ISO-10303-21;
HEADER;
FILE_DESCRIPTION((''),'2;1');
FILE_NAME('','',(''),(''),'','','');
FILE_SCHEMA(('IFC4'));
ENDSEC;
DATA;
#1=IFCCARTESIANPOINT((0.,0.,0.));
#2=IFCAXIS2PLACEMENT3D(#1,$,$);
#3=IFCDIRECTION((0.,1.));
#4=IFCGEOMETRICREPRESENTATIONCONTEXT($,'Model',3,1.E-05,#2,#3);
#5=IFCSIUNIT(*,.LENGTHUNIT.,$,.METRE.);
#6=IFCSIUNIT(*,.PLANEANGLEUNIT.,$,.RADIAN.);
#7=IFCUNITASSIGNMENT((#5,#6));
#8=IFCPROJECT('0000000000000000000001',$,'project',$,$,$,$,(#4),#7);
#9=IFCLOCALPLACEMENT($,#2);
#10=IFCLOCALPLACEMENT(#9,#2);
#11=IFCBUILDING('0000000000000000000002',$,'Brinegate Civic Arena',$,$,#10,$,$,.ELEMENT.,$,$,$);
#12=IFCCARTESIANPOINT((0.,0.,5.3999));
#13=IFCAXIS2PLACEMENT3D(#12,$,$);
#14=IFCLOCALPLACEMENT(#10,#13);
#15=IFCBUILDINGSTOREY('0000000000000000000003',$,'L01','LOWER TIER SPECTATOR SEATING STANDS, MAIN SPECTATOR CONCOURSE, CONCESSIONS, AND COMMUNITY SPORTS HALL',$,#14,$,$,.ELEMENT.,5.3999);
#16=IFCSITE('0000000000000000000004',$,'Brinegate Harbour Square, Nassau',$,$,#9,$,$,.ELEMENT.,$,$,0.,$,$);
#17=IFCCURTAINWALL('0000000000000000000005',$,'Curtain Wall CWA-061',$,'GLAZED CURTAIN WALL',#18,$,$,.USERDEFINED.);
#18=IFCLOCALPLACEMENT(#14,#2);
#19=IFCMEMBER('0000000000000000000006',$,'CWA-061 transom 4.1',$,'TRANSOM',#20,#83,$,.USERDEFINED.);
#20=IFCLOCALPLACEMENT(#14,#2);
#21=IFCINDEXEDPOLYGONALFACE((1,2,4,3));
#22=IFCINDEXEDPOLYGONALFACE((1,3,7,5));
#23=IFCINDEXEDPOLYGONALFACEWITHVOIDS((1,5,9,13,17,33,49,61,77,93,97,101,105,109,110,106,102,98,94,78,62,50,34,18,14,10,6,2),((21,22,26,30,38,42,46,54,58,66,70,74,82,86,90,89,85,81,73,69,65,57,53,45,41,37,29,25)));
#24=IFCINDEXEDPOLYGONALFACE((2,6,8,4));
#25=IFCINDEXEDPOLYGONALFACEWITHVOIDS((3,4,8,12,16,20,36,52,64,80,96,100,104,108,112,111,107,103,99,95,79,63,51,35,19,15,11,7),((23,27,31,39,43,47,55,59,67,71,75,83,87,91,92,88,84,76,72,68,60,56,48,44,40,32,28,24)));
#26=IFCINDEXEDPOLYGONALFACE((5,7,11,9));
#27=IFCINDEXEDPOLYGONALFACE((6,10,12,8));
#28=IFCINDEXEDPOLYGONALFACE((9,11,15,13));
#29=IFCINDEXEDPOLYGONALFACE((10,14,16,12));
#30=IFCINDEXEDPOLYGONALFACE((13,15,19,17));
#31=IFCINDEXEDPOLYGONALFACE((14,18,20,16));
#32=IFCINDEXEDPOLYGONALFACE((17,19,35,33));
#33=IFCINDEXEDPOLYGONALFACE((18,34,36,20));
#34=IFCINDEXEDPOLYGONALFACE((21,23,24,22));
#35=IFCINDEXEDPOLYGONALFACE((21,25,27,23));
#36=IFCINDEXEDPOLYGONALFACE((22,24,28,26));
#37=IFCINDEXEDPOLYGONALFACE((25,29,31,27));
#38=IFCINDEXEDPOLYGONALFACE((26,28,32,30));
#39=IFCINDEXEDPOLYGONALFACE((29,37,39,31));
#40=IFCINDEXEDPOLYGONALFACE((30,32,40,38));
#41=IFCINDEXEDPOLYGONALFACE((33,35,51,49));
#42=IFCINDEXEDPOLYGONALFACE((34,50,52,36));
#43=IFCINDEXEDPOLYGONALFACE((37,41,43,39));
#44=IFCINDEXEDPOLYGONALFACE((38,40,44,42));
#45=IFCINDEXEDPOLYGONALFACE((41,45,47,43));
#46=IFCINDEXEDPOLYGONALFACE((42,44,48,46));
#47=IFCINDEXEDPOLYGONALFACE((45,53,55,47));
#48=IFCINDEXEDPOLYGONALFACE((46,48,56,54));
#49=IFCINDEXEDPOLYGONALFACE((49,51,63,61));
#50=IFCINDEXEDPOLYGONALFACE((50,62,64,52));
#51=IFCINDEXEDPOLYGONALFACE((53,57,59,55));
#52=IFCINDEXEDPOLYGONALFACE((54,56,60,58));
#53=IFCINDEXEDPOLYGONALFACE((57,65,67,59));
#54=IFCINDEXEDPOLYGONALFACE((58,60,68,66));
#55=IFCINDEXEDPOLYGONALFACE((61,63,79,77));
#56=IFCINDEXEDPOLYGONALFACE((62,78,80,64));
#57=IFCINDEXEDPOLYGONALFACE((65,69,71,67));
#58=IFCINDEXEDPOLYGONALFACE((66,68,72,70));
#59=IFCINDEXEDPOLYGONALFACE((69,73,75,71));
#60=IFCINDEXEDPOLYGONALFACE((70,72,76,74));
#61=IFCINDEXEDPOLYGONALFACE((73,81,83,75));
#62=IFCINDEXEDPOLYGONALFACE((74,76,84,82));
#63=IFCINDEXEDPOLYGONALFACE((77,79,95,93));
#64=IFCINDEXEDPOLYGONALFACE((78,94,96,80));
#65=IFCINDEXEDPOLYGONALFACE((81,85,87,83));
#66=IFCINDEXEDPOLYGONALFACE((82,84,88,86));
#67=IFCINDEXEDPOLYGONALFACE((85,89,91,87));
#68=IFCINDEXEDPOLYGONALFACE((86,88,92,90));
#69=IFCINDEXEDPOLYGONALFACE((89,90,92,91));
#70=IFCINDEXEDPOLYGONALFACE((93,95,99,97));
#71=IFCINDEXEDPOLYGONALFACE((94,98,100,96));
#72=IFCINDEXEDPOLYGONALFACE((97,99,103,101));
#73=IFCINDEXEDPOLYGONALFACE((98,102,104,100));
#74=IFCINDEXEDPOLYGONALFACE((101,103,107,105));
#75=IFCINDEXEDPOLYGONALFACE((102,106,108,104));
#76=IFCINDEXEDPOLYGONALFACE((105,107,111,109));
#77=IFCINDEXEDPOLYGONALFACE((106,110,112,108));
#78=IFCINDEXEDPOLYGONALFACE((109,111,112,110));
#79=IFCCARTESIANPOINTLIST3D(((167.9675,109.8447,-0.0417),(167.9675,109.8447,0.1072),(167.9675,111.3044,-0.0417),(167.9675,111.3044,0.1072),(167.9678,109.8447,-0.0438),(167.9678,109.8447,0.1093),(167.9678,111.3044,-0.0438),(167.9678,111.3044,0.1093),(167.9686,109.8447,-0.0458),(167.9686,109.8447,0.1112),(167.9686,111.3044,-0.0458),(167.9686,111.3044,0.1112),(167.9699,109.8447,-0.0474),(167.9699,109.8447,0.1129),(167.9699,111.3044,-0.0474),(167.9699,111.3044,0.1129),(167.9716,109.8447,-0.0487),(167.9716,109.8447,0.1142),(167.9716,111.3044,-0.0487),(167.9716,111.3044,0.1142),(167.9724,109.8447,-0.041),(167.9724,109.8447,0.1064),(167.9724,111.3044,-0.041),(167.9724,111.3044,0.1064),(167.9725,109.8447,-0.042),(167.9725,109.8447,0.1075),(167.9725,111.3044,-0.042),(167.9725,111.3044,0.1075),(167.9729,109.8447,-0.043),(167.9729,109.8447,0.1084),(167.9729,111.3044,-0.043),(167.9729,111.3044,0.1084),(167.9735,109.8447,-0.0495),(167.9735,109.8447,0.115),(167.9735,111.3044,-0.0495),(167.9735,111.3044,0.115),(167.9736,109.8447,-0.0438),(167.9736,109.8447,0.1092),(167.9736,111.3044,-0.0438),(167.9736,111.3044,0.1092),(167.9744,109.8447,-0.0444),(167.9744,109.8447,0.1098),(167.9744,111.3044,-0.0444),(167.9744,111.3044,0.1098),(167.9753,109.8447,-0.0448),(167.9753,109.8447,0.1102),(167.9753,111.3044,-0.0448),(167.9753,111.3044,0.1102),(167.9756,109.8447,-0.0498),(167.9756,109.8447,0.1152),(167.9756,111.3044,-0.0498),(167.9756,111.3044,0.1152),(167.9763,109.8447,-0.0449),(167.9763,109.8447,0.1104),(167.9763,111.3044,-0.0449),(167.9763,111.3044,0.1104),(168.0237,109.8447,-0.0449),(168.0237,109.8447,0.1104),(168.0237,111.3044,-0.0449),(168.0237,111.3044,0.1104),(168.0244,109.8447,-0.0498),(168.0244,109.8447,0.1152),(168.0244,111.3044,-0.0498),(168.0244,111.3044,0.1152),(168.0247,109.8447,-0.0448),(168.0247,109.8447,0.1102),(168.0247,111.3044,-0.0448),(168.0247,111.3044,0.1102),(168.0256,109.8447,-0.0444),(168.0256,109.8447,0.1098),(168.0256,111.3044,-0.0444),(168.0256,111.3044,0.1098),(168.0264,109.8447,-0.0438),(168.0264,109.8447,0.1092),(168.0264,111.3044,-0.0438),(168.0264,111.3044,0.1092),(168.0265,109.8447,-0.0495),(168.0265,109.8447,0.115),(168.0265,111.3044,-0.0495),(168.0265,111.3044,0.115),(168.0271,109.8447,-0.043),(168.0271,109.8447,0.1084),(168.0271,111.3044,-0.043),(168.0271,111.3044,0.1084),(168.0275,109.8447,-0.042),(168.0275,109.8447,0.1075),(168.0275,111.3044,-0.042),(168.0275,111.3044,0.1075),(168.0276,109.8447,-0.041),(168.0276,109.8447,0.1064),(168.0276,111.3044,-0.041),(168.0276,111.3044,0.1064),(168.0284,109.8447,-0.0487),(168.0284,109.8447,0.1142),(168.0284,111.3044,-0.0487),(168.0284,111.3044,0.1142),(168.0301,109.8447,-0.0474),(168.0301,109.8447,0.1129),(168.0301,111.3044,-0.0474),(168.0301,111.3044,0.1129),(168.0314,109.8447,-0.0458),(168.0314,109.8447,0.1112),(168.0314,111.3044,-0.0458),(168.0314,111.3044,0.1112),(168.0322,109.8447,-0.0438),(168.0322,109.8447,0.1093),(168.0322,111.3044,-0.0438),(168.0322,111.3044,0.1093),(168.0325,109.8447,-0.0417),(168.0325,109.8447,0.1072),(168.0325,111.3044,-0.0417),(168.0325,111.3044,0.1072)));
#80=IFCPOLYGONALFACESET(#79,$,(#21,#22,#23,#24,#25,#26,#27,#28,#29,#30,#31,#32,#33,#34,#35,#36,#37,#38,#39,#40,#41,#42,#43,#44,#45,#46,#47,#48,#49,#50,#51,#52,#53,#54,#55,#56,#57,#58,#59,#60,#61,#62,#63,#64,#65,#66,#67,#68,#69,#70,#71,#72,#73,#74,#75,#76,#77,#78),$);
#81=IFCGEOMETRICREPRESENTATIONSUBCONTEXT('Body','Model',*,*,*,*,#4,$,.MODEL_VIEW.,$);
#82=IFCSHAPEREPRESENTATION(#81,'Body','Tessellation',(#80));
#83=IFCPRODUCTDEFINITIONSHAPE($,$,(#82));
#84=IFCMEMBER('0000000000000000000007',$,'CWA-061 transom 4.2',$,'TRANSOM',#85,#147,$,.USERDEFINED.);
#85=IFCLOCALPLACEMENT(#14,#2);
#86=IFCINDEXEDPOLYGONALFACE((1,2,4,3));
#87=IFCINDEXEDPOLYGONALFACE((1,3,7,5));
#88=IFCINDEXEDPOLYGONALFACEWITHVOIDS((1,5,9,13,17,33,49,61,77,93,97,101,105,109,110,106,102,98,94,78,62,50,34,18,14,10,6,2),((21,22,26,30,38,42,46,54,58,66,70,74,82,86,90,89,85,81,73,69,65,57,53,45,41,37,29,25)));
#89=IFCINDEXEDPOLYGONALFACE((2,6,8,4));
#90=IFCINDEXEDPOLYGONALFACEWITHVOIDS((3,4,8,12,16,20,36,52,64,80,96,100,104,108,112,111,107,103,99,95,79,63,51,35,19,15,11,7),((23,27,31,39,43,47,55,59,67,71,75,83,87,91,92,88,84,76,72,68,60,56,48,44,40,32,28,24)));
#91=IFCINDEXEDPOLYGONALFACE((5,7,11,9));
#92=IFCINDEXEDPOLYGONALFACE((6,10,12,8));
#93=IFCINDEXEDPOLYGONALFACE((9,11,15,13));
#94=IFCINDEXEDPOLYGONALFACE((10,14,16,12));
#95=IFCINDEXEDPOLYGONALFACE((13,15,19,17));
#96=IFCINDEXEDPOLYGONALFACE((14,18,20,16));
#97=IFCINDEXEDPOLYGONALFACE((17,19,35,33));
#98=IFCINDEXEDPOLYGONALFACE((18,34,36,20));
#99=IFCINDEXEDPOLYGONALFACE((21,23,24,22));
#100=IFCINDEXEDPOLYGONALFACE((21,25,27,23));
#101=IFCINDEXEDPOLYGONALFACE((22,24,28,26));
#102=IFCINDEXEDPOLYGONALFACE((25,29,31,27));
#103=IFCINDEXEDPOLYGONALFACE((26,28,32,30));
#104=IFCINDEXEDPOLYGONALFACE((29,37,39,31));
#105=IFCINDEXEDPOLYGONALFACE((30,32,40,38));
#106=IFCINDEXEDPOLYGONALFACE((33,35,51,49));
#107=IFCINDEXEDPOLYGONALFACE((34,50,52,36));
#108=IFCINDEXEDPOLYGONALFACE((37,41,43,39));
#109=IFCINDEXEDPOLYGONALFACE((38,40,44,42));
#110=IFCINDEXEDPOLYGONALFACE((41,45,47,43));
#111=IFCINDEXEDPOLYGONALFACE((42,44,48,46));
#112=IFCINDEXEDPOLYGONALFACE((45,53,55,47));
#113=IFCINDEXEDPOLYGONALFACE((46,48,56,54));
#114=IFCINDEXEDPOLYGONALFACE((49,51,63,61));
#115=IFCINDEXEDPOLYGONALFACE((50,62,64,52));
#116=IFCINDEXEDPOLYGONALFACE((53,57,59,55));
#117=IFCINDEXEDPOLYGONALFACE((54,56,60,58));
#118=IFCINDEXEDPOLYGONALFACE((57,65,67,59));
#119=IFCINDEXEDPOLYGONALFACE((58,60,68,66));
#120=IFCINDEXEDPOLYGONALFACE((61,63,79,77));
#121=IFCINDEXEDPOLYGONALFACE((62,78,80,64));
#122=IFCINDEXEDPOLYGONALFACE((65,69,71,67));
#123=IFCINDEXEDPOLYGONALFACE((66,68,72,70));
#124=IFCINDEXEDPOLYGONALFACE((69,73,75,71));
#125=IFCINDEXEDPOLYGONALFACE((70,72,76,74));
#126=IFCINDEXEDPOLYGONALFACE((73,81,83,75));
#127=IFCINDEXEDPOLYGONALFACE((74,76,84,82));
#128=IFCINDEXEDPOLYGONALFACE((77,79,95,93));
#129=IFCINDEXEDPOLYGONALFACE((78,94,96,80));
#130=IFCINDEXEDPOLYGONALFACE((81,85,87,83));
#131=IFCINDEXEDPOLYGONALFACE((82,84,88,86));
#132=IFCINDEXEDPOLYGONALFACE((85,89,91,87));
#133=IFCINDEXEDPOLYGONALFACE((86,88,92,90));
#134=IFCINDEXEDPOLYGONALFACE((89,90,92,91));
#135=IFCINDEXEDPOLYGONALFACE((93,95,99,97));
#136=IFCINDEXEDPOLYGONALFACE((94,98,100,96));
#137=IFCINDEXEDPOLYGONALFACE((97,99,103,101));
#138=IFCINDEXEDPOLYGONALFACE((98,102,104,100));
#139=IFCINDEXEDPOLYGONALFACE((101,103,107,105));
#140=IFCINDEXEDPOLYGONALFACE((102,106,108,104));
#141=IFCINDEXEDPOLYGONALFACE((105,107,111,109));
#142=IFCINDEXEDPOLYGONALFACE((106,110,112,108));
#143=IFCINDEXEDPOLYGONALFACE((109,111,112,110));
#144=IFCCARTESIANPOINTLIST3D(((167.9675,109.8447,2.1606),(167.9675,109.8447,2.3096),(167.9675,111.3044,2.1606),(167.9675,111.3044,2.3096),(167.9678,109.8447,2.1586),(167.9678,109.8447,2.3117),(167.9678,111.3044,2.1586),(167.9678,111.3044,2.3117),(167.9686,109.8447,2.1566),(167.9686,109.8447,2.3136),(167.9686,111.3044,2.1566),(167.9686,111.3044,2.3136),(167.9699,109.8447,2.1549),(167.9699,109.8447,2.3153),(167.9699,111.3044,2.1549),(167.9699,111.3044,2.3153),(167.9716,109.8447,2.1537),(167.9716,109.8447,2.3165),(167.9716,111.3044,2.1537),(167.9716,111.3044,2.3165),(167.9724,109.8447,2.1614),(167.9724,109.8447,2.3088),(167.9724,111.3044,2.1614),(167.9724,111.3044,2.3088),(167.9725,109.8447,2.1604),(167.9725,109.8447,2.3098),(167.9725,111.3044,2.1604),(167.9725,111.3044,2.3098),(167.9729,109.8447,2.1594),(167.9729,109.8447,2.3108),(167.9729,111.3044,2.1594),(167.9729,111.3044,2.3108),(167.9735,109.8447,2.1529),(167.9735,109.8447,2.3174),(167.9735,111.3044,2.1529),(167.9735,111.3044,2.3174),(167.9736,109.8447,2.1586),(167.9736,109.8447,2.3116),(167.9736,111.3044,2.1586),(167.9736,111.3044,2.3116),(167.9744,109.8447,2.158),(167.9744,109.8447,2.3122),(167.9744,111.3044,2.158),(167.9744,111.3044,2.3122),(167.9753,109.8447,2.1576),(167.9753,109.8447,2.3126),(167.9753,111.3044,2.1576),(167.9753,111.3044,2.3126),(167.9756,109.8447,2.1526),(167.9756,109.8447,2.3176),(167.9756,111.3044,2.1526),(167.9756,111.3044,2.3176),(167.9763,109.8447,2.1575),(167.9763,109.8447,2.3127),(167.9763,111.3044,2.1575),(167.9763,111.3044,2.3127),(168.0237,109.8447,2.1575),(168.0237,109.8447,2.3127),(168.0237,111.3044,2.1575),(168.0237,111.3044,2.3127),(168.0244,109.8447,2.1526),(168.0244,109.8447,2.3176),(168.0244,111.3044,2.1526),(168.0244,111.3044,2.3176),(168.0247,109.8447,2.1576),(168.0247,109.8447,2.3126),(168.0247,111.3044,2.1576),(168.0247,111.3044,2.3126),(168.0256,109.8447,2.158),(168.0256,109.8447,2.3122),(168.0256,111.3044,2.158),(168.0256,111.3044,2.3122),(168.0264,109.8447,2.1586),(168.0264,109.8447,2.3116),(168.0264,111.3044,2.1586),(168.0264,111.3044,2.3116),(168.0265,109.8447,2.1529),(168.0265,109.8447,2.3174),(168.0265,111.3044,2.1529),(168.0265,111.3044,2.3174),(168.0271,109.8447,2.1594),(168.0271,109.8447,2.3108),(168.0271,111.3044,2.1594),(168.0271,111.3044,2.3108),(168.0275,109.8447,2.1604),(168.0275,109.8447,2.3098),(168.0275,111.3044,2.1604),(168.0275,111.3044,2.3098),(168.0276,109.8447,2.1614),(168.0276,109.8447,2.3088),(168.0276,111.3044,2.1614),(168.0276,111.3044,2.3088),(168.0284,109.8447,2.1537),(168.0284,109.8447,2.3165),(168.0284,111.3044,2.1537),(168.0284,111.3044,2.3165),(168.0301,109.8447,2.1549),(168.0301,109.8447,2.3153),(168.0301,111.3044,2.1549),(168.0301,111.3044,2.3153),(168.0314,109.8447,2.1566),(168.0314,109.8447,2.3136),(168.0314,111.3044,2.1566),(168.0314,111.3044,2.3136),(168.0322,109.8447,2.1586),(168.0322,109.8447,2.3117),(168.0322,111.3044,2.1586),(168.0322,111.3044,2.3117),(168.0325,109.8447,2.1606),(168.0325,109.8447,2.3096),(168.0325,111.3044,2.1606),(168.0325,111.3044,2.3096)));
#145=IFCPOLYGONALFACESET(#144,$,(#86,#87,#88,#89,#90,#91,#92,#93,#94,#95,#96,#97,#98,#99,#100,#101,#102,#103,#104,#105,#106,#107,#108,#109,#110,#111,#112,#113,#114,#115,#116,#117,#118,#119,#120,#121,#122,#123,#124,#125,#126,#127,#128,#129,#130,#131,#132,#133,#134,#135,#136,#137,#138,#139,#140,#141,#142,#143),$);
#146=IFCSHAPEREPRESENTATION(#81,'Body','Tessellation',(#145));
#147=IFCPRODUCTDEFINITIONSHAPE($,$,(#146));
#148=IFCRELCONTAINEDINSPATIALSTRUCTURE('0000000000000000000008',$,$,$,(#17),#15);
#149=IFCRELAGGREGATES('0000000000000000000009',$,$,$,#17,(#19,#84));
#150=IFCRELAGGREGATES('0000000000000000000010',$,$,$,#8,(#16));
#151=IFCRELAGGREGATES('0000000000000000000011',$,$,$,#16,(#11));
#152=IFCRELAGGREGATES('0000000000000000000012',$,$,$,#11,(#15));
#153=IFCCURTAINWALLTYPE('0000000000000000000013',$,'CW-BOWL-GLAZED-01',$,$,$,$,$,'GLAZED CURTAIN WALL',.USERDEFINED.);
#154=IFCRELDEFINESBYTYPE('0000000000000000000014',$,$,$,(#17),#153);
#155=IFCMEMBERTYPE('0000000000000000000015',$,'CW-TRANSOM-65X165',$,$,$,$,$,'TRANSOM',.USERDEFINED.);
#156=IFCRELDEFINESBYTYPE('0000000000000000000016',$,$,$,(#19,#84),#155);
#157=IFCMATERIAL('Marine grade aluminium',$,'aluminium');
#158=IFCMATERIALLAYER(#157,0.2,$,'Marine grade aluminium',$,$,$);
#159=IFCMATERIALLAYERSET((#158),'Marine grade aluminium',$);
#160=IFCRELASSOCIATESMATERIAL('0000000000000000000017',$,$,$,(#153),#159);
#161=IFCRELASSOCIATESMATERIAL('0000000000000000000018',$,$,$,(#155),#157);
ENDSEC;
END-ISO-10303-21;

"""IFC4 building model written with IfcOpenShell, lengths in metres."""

from ifc_helpers import new_model, si_unit, direction, frame, origin, origin_2d, place, context, subcontext, project, spatial, hollow_rectangle, extrude, material, layer, layer_set, material_profile, profile_set, type_object, element, aggregate, save


model = new_model("IFC4")

# Units and contexts
model_context = context("Model", 3, precision=1e-05, world=origin(), true_north=direction((0.0, 1.0)))
body_context = subcontext(model_context, "Body", "Model", "MODEL_VIEW")
ifc_project = project(units=[si_unit("LENGTHUNIT", "METRE"), si_unit("PLANEANGLEUNIT", "RADIAN")], contexts=[model_context])

# Site, building, storey
site_placement = place(None, origin())
site = spatial("IfcSite", under=ifc_project, at=site_placement, Name="Brinegate Harbour Square, Nassau", CompositionType="ELEMENT", RefElevation=0.0)
building_placement = place(site_placement, origin())
building = spatial("IfcBuilding", under=site, at=building_placement, Name="Brinegate Civic Arena", CompositionType="ELEMENT")
storey_placement = place(building_placement, frame((0.0, 0.0, 5.3999)))
storey = spatial("IfcBuildingStorey", under=building, at=storey_placement, Name="L01", Description="LOWER TIER SPECTATOR SEATING STANDS, MAIN SPECTATOR CONCOURSE, CONCESSIONS, AND COMMUNITY SPORTS HALL", CompositionType="ELEMENT", Elevation=5.3999)

# Curtain wall
ifc_material_1 = material(Name="Marine grade aluminium", Category="aluminium")
ifc_layer_1 = layer(ifc_material_1, 0.2, Name="Marine grade aluminium")
ifc_layer_set_1 = layer_set([ifc_layer_1], Name="Marine grade aluminium")
curtain_wall_type_1 = type_object("IfcCurtainWallType", Name="CW-BOWL-GLAZED-01", ElementType="GLAZED CURTAIN WALL", PredefinedType="USERDEFINED", material=ifc_layer_set_1)
curtain_wall_1_placement = place(storey_placement, origin())
curtain_wall_1 = element("IfcCurtainWall", 1, at=curtain_wall_1_placement, inside=storey, type_object=curtain_wall_type_1, Name="Curtain Wall CWA-061", ObjectType="GLAZED CURTAIN WALL", PredefinedType="USERDEFINED")

# Members
ifc_material_profile_1 = material_profile(ifc_material_1, hollow_rectangle(XDim=0.0649, YDim=0.165, WallThickness=0.0049, InnerFilletRadius=0.0039, OuterFilletRadius=0.0081, at=origin_2d()), Name="TRN65X165")
ifc_profile_set_1 = profile_set([ifc_material_profile_1], Name="Marine grade aluminium")
member_type_1 = type_object("IfcMemberType", Name="CW-TRANSOM-65X165", ElementType="TRANSOM", PredefinedType="USERDEFINED", material=ifc_profile_set_1)
member_1_placement = place(storey_placement, frame((168.0, 109.8447, 0.0327), z_axis=(0.0, 1.0, 0.0), x_axis=(-1.0, 0.0, 0.0)))
member_1 = element("IfcMember", 2, at=member_1_placement, type_object=member_type_1, Name="CWA-061 transom 4.1", ObjectType="TRANSOM", PredefinedType="USERDEFINED", context=body_context, shape_type="SweptSolid", body=[
    extrude(hollow_rectangle(XDim=0.0649, YDim=0.165, WallThickness=0.0049, InnerFilletRadius=0.0039, OuterFilletRadius=0.0081, at=origin_2d()), origin(), (0.0, 0.0, 1.0), 1.4597),
])
member_2_placement = place(storey_placement, frame((168.0, 109.8447, 2.2351), z_axis=(0.0, 1.0, 0.0), x_axis=(-1.0, 0.0, 0.0)))
member_2 = element("IfcMember", 3, at=member_2_placement, type_object=member_type_1, Name="CWA-061 transom 4.2", ObjectType="TRANSOM", PredefinedType="USERDEFINED", context=body_context, shape_type="SweptSolid", body=[
    extrude(hollow_rectangle(XDim=0.0649, YDim=0.165, WallThickness=0.0049, InnerFilletRadius=0.0039, OuterFilletRadius=0.0081, at=origin_2d()), origin(), (0.0, 0.0, 1.0), 1.4597),
])

aggregate(curtain_wall_1, [member_1, member_2])

save(model, "model.ifc")
